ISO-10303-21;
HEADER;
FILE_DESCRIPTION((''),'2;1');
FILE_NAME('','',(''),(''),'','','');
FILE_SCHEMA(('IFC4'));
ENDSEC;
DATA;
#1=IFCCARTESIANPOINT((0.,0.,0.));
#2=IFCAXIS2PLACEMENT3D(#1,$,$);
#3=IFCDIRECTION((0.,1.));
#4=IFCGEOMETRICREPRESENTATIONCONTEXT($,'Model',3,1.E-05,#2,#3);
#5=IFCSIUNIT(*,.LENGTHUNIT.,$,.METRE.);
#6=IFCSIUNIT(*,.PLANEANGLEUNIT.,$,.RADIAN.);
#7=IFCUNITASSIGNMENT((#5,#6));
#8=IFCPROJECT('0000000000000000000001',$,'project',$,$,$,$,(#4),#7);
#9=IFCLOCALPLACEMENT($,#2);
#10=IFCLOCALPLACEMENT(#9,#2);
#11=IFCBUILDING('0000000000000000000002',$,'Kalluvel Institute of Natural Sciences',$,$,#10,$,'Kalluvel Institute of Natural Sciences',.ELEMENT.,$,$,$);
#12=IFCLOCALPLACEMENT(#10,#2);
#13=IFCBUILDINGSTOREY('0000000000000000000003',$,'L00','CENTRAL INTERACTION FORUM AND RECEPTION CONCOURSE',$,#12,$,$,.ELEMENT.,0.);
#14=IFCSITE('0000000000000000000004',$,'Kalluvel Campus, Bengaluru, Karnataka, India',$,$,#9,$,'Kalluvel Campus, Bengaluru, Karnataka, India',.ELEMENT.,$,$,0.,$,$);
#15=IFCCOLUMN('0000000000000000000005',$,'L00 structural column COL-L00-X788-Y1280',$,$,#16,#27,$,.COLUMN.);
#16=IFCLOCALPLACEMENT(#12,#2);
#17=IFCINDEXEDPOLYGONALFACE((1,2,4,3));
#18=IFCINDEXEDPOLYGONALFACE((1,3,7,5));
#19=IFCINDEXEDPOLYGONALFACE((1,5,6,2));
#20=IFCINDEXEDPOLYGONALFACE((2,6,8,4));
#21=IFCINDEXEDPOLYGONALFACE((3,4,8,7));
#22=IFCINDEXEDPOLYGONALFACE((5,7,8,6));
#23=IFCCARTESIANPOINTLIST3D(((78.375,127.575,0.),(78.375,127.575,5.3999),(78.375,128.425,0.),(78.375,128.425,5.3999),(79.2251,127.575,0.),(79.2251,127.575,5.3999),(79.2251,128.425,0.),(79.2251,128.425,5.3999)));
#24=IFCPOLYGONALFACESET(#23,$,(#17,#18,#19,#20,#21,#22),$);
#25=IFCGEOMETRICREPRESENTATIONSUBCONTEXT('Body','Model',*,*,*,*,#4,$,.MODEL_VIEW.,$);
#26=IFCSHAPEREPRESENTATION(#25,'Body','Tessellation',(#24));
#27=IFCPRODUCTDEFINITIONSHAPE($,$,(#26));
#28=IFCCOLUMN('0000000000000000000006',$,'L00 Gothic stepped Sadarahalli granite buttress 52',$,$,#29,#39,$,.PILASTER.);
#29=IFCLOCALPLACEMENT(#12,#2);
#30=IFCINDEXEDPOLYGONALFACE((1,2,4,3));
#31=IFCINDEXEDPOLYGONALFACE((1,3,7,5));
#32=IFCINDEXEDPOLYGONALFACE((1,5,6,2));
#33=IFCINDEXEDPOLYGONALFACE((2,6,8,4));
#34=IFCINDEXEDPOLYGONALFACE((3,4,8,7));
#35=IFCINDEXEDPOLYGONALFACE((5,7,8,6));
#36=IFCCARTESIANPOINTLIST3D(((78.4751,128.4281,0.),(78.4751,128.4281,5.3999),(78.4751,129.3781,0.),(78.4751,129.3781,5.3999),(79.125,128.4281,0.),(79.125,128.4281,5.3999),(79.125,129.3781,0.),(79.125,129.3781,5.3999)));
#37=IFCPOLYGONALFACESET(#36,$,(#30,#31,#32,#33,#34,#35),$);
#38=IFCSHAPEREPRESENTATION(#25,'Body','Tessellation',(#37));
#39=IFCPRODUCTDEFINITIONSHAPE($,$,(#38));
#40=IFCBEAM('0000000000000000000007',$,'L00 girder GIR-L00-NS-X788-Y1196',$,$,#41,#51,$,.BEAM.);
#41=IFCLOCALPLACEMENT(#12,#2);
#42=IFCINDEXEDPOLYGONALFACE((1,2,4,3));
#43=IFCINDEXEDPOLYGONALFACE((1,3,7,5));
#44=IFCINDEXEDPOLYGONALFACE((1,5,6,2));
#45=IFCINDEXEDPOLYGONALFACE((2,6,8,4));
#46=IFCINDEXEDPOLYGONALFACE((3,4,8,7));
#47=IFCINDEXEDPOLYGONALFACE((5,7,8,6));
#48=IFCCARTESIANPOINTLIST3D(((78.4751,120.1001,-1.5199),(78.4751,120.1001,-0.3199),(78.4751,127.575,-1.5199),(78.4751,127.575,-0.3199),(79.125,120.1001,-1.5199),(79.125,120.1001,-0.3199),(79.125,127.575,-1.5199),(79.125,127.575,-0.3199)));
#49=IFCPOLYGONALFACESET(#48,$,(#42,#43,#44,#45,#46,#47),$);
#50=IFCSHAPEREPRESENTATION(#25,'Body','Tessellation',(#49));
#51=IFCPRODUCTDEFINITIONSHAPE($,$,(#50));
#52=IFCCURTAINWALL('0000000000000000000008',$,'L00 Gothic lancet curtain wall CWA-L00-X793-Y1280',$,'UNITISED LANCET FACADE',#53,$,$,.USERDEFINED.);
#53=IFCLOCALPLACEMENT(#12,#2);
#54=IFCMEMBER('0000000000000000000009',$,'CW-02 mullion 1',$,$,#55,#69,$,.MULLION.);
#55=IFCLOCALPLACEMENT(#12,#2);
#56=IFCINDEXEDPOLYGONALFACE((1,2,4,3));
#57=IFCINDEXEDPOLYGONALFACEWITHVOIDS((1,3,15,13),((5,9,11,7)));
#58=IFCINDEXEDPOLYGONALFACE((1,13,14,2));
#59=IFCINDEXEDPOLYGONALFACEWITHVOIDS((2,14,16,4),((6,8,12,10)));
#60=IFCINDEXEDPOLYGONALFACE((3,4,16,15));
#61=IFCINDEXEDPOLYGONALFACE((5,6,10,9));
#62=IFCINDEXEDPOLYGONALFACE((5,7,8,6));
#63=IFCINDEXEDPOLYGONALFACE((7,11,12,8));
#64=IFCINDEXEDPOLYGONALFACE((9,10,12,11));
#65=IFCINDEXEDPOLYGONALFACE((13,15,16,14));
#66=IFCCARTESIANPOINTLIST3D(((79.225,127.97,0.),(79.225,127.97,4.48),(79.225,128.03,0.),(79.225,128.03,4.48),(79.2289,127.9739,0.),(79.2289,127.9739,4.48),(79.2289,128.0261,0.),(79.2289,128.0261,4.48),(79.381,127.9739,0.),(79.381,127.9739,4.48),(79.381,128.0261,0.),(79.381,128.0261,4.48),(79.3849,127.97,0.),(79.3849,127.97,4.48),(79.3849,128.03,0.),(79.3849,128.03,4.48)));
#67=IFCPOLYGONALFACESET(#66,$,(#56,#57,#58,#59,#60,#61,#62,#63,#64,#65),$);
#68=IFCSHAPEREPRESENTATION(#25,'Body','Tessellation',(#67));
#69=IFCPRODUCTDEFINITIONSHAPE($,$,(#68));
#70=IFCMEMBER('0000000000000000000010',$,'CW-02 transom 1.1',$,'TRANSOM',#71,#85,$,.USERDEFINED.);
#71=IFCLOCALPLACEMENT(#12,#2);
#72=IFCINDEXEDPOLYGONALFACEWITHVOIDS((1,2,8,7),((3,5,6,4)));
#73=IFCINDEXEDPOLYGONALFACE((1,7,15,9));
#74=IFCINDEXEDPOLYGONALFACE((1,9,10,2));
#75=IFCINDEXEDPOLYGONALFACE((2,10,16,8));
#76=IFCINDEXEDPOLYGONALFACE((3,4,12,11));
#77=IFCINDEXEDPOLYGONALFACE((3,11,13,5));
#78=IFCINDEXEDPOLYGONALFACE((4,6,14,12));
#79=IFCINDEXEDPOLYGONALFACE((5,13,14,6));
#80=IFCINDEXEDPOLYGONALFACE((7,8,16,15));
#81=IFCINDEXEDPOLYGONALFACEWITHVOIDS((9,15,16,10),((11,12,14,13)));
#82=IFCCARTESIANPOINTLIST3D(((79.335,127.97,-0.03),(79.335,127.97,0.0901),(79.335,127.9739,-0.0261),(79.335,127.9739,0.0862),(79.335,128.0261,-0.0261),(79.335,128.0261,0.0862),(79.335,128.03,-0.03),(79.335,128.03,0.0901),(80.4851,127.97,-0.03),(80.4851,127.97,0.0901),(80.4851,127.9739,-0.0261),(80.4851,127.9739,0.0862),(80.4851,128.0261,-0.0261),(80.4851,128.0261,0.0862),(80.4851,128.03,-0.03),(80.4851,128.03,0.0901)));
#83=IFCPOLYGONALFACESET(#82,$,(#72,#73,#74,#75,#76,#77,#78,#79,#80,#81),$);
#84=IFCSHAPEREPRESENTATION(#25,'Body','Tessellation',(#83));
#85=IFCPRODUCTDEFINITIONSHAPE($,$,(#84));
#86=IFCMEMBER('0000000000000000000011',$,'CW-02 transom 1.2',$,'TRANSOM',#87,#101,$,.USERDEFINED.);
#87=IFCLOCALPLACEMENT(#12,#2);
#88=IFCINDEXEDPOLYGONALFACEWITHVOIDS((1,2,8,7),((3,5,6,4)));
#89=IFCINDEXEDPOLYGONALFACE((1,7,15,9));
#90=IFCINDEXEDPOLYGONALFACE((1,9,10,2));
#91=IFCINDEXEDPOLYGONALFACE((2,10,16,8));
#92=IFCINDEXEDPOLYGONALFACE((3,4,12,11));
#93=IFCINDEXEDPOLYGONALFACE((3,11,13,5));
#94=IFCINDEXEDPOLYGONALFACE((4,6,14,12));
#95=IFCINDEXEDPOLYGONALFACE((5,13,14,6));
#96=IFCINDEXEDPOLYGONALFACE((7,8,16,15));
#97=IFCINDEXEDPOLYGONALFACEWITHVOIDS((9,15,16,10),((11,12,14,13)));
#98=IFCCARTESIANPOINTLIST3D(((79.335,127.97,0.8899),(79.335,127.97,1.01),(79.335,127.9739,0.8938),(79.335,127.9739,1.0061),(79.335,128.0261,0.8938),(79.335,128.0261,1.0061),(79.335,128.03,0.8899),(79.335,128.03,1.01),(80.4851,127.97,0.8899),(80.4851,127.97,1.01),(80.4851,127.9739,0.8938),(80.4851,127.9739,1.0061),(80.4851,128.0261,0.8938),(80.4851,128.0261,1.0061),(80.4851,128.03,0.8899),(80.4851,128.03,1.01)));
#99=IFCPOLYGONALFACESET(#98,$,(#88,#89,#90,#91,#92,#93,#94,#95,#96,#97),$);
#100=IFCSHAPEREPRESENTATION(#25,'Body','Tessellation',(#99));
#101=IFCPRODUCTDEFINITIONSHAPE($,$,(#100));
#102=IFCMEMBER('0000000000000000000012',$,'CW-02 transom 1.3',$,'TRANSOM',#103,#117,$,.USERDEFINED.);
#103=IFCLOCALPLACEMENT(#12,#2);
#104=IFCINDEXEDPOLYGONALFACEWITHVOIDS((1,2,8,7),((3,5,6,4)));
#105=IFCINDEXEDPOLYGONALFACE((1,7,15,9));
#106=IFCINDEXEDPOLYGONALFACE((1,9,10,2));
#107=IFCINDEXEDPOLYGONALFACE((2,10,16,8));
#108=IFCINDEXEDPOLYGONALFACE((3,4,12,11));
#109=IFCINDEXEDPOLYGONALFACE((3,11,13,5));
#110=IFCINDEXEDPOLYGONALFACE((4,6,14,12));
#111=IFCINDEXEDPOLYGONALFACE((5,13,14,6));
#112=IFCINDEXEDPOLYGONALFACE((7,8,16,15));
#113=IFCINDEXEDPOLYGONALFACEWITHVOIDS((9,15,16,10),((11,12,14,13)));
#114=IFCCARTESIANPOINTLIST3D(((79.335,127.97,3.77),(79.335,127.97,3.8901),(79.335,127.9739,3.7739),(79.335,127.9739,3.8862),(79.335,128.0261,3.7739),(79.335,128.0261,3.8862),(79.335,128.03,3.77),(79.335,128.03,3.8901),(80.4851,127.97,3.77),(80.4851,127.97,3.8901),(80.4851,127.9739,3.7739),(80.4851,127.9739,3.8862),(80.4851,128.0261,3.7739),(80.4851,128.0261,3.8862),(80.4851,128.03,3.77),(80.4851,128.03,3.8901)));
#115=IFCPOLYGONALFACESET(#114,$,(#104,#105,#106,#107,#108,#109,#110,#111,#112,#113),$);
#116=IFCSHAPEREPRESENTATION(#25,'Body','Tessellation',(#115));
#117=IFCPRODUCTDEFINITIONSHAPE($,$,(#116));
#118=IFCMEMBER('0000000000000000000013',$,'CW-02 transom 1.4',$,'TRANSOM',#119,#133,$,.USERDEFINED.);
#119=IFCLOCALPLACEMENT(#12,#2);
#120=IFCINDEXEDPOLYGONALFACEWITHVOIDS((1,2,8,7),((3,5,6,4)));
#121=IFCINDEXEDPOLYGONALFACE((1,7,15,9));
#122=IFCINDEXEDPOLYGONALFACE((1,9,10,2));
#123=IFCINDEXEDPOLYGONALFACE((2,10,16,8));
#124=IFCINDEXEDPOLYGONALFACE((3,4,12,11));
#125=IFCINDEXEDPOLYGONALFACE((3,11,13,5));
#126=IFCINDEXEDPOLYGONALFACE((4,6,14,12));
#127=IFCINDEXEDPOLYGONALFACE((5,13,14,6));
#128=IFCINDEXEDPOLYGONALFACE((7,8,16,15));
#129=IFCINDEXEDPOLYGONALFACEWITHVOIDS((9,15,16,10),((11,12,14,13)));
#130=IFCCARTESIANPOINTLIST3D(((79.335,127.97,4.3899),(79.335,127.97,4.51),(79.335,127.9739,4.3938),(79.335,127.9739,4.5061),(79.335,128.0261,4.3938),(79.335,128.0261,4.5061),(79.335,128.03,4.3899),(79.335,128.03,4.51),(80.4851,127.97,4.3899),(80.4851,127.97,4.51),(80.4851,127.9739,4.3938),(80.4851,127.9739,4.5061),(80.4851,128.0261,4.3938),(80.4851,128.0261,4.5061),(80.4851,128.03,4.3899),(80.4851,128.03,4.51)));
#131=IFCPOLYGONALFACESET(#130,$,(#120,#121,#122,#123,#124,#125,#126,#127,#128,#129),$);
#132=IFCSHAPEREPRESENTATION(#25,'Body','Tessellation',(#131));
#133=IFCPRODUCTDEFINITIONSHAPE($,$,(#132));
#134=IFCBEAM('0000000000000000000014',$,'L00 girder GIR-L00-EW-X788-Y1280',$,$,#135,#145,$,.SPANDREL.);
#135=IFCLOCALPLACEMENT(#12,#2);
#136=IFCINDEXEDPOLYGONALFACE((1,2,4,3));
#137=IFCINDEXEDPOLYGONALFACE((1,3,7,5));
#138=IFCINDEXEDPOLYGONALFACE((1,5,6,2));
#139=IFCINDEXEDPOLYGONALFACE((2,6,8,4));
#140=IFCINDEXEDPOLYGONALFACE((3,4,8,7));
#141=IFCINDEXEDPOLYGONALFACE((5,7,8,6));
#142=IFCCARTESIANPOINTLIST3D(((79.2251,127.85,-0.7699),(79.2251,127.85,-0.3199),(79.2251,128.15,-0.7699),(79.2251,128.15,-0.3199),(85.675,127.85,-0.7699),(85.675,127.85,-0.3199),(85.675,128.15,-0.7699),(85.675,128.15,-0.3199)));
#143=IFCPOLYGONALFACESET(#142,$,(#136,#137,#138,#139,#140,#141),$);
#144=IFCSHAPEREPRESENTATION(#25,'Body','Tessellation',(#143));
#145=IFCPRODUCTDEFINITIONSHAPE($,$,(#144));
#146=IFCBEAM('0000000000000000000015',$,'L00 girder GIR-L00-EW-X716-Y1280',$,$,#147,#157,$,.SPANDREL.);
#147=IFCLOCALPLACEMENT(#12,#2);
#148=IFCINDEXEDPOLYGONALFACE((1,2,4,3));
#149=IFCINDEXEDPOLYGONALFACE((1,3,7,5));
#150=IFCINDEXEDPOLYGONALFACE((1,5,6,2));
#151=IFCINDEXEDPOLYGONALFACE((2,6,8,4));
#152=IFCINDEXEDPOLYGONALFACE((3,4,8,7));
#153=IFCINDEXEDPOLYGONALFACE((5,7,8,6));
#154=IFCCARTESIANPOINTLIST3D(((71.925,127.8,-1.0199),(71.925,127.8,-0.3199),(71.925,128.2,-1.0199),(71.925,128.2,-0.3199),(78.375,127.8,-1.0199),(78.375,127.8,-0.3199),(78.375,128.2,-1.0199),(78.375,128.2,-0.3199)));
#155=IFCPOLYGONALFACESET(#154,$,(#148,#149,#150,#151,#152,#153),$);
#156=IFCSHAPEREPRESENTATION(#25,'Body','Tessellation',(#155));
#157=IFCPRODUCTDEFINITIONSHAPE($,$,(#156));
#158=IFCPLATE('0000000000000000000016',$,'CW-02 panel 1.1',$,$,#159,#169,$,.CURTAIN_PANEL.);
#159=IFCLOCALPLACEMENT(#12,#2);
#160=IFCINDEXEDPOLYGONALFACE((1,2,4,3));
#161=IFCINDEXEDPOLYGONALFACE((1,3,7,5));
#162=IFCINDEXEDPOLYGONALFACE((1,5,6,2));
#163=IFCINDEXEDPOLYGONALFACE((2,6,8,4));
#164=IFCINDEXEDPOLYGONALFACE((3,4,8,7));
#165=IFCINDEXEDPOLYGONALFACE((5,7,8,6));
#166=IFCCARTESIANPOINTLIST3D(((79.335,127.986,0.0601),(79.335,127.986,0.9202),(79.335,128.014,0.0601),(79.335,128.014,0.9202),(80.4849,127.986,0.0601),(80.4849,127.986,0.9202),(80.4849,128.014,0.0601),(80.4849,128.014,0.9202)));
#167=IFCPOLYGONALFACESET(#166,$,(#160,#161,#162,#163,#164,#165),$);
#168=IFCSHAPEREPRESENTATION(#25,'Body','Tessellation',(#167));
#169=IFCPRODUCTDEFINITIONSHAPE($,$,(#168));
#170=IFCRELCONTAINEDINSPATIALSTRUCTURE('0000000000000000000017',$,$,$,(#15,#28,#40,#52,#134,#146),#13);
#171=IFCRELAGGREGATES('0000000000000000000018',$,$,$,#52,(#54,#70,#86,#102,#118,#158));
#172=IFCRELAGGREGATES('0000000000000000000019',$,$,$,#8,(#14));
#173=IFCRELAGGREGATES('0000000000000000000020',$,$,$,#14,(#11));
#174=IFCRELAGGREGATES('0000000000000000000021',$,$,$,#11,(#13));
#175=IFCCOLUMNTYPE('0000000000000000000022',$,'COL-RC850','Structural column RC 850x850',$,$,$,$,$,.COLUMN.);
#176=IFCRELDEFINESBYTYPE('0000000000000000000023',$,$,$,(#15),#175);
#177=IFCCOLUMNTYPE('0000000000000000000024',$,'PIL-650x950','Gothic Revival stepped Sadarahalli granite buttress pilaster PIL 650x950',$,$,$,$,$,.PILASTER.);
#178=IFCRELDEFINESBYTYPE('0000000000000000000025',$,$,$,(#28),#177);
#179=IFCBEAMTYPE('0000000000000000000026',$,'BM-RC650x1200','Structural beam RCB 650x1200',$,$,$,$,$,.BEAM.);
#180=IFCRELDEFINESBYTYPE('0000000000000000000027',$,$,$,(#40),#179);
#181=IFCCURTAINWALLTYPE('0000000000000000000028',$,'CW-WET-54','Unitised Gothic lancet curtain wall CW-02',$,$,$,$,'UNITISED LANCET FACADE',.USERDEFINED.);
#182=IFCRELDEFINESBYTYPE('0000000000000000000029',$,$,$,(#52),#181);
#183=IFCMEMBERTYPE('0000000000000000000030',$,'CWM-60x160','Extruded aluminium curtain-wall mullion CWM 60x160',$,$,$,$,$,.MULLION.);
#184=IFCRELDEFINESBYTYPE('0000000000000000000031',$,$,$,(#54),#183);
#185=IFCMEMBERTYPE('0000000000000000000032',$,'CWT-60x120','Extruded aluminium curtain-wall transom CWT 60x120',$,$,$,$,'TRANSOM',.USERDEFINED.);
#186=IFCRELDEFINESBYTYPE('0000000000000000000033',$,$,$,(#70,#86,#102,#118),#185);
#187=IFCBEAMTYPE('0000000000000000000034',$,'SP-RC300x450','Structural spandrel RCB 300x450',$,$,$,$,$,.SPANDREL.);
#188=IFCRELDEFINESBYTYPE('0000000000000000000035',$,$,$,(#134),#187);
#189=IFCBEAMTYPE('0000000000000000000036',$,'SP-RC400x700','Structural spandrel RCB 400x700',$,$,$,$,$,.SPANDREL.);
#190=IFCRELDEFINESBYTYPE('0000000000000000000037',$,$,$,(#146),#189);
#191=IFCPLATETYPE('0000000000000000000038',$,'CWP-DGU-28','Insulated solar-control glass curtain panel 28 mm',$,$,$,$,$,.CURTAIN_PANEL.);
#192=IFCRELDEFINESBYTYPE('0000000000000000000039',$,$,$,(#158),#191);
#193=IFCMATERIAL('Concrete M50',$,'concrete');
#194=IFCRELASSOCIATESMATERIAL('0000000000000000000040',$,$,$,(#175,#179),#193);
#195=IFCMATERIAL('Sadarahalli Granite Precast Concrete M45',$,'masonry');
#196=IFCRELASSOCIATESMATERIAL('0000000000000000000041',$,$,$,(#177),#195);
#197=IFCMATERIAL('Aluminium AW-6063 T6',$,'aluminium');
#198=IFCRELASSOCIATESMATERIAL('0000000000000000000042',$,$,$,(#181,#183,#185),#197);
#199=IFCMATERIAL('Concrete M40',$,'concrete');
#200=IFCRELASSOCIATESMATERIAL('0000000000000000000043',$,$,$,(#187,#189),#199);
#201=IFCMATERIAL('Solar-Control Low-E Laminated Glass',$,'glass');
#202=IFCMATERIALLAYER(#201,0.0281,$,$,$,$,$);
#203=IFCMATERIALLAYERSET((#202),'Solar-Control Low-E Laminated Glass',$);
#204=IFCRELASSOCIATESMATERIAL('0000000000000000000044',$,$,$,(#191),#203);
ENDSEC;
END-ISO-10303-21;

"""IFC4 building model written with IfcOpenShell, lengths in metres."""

from ifc_helpers import new_model, si_unit, direction, frame, origin, origin_2d, place, context, subcontext, project, spatial, rectangle, hollow_rectangle, extrude, material, layer, layer_set, material_profile, profile_set, type_object, element, aggregate, save


model = new_model("IFC4")

# Units and contexts
model_context = context("Model", 3, precision=1e-05, world=origin(), true_north=direction((0.0, 1.0)))
body_context = subcontext(model_context, "Body", "Model", "MODEL_VIEW")
ifc_project = project(units=[si_unit("LENGTHUNIT", "METRE"), si_unit("PLANEANGLEUNIT", "RADIAN")], contexts=[model_context])

# Site, building, storey
site_placement = place(None, origin())
site = spatial("IfcSite", under=ifc_project, at=site_placement, Name="Kalluvel Campus, Bengaluru, Karnataka, India", LongName="Kalluvel Campus, Bengaluru, Karnataka, India", CompositionType="ELEMENT", RefElevation=0.0)
building_placement = place(site_placement, origin())
building = spatial("IfcBuilding", under=site, at=building_placement, Name="Kalluvel Institute of Natural Sciences", LongName="Kalluvel Institute of Natural Sciences", CompositionType="ELEMENT")
storey_placement = place(building_placement, origin())
storey = spatial("IfcBuildingStorey", under=building, at=storey_placement, Name="L00", Description="CENTRAL INTERACTION FORUM AND RECEPTION CONCOURSE", CompositionType="ELEMENT", Elevation=0.0)

# Columns
ifc_material_1 = material(Name="Concrete M50", Category="concrete")
ifc_material_profile_1 = material_profile(ifc_material_1, rectangle(XDim=0.8501, YDim=0.8501, at=origin_2d()), Name="RC 850x850")
ifc_profile_set_1 = profile_set([ifc_material_profile_1], Name="Concrete M50")
column_type_1 = type_object("IfcColumnType", Name="COL-RC850", Description="Structural column RC 850x850", PredefinedType="COLUMN", material=ifc_profile_set_1)
column_1_placement = place(storey_placement, frame((78.8, 128.0, 0.0), z_axis=(0.0, 0.0, 1.0), x_axis=(1.0, 0.0, 0.0)))
element("IfcColumn", 1, at=column_1_placement, inside=storey, type_object=column_type_1, Name="L00 structural column COL-L00-X788-Y1280", PredefinedType="COLUMN", context=body_context, shape_type="SweptSolid", body=[
    extrude(rectangle(XDim=0.8501, YDim=0.8501, at=origin_2d()), origin(), (0.0, 0.0, 1.0), 5.3999),
])
ifc_material_2 = material(Name="Sadarahalli Granite Precast Concrete M45", Category="masonry")
ifc_material_profile_2 = material_profile(ifc_material_2, rectangle(XDim=0.6499, YDim=0.95, at=origin_2d()), Name="PIL 650x950")
ifc_profile_set_2 = profile_set([ifc_material_profile_2], Name="Sadarahalli Granite Precast Concrete M45")
column_type_2 = type_object("IfcColumnType", Name="PIL-650x950", Description="Gothic Revival stepped Sadarahalli granite buttress pilaster PIL 650x950", PredefinedType="PILASTER", material=ifc_profile_set_2)
column_2_placement = place(storey_placement, frame((78.8, 128.9031, 0.0), z_axis=(0.0, 0.0, 1.0), x_axis=(1.0, 0.0, 0.0)))
element("IfcColumn", 2, at=column_2_placement, inside=storey, type_object=column_type_2, Name="L00 Gothic stepped Sadarahalli granite buttress 52", PredefinedType="PILASTER", context=body_context, shape_type="SweptSolid", body=[
    extrude(rectangle(XDim=0.6499, YDim=0.95, at=origin_2d()), origin(), (0.0, 0.0, 1.0), 5.3999),
])

# Beam
ifc_material_profile_3 = material_profile(ifc_material_1, rectangle(XDim=0.6499, YDim=1.2, at=origin_2d()), Name="RCB 650x1200")
ifc_profile_set_3 = profile_set([ifc_material_profile_3], Name="Concrete M50")
beam_type_1 = type_object("IfcBeamType", Name="BM-RC650x1200", Description="Structural beam RCB 650x1200", PredefinedType="BEAM", material=ifc_profile_set_3)
beam_1_placement = place(storey_placement, frame((78.8, 120.1001, -0.9199), z_axis=(0.0, 1.0, 0.0), x_axis=(-1.0, 0.0, 0.0)))
element("IfcBeam", 3, at=beam_1_placement, inside=storey, type_object=beam_type_1, Name="L00 girder GIR-L00-NS-X788-Y1196", PredefinedType="BEAM", context=body_context, shape_type="SweptSolid", body=[
    extrude(rectangle(XDim=0.6499, YDim=1.2, at=origin_2d()), origin(), (0.0, 0.0, 1.0), 7.4749),
])

# Curtain wall, members
ifc_material_3 = material(Name="Aluminium AW-6063 T6", Category="aluminium")
curtain_wall_type = type_object("IfcCurtainWallType", Name="CW-WET-54", Description="Unitised Gothic lancet curtain wall CW-02", ElementType="UNITISED LANCET FACADE", PredefinedType="USERDEFINED", material=ifc_material_3)
curtain_wall_placement = place(storey_placement, origin())
curtain_wall = element("IfcCurtainWall", 4, at=curtain_wall_placement, inside=storey, type_object=curtain_wall_type, Name="L00 Gothic lancet curtain wall CWA-L00-X793-Y1280", ObjectType="UNITISED LANCET FACADE", PredefinedType="USERDEFINED")
ifc_material_profile_4 = material_profile(ifc_material_3, hollow_rectangle(XDim=0.0601, YDim=0.1599, WallThickness=0.0039, at=origin_2d()), Name="CWM 60x160")
ifc_profile_set_4 = profile_set([ifc_material_profile_4], Name="Aluminium AW-6063 T6")
member_type_1 = type_object("IfcMemberType", Name="CWM-60x160", Description="Extruded aluminium curtain-wall mullion CWM 60x160", PredefinedType="MULLION", material=ifc_profile_set_4)
member_1_placement = place(storey_placement, frame((79.3049, 128.0, 0.0), z_axis=(0.0, 0.0, 1.0), x_axis=(0.0, 1.0, 0.0)))
member_1 = element("IfcMember", 5, at=member_1_placement, type_object=member_type_1, Name="CW-02 mullion 1", PredefinedType="MULLION", context=body_context, shape_type="SweptSolid", body=[
    extrude(hollow_rectangle(XDim=0.0601, YDim=0.1599, WallThickness=0.0039, at=origin_2d()), origin(), (0.0, 0.0, 1.0), 4.48),
])
ifc_material_profile_5 = material_profile(ifc_material_3, hollow_rectangle(XDim=0.0601, YDim=0.1201, WallThickness=0.0039, at=origin_2d()), Name="CWT 60x120")
ifc_profile_set_5 = profile_set([ifc_material_profile_5], Name="Aluminium AW-6063 T6")
member_type_2 = type_object("IfcMemberType", Name="CWT-60x120", Description="Extruded aluminium curtain-wall transom CWT 60x120", ElementType="TRANSOM", PredefinedType="USERDEFINED", material=ifc_profile_set_5)
member_2_placement = place(storey_placement, frame((79.335, 128.0, 0.03), z_axis=(1.0, 0.0, 0.0), x_axis=(0.0, 1.0, 0.0)))
member_2 = element("IfcMember", 6, at=member_2_placement, type_object=member_type_2, Name="CW-02 transom 1.1", ObjectType="TRANSOM", PredefinedType="USERDEFINED", context=body_context, shape_type="SweptSolid", body=[
    extrude(hollow_rectangle(XDim=0.0601, YDim=0.1201, WallThickness=0.0039, at=origin_2d()), origin(), (0.0, 0.0, 1.0), 1.1501),
])
member_3_placement = place(storey_placement, frame((79.335, 128.0, 0.95), z_axis=(1.0, 0.0, 0.0), x_axis=(0.0, 1.0, 0.0)))
member_3 = element("IfcMember", 7, at=member_3_placement, type_object=member_type_2, Name="CW-02 transom 1.2", ObjectType="TRANSOM", PredefinedType="USERDEFINED", context=body_context, shape_type="SweptSolid", body=[
    extrude(hollow_rectangle(XDim=0.0601, YDim=0.1201, WallThickness=0.0039, at=origin_2d()), origin(), (0.0, 0.0, 1.0), 1.1501),
])
member_4_placement = place(storey_placement, frame((79.335, 128.0, 3.8301), z_axis=(1.0, 0.0, 0.0), x_axis=(0.0, 1.0, 0.0)))
member_4 = element("IfcMember", 8, at=member_4_placement, type_object=member_type_2, Name="CW-02 transom 1.3", ObjectType="TRANSOM", PredefinedType="USERDEFINED", context=body_context, shape_type="SweptSolid", body=[
    extrude(hollow_rectangle(XDim=0.0601, YDim=0.1201, WallThickness=0.0039, at=origin_2d()), origin(), (0.0, 0.0, 1.0), 1.1501),
])
member_5_placement = place(storey_placement, frame((79.335, 128.0, 4.45), z_axis=(1.0, 0.0, 0.0), x_axis=(0.0, 1.0, 0.0)))
member_5 = element("IfcMember", 9, at=member_5_placement, type_object=member_type_2, Name="CW-02 transom 1.4", ObjectType="TRANSOM", PredefinedType="USERDEFINED", context=body_context, shape_type="SweptSolid", body=[
    extrude(hollow_rectangle(XDim=0.0601, YDim=0.1201, WallThickness=0.0039, at=origin_2d()), origin(), (0.0, 0.0, 1.0), 1.1501),
])

# Beams
ifc_material_4 = material(Name="Concrete M40", Category="concrete")
ifc_material_profile_6 = material_profile(ifc_material_4, rectangle(XDim=0.3, YDim=0.45, at=origin_2d()), Name="RCB 300x450")
ifc_profile_set_6 = profile_set([ifc_material_profile_6], Name="Concrete M40")
beam_type_2 = type_object("IfcBeamType", Name="SP-RC300x450", Description="Structural spandrel RCB 300x450", PredefinedType="SPANDREL", material=ifc_profile_set_6)
beam_2_placement = place(storey_placement, frame((79.2251, 128.0, -0.5449), z_axis=(1.0, 0.0, 0.0), x_axis=(0.0, 1.0, 0.0)))
element("IfcBeam", 10, at=beam_2_placement, inside=storey, type_object=beam_type_2, Name="L00 girder GIR-L00-EW-X788-Y1280", PredefinedType="SPANDREL", context=body_context, shape_type="SweptSolid", body=[
    extrude(rectangle(XDim=0.3, YDim=0.45, at=origin_2d()), origin(), (0.0, 0.0, 1.0), 6.45),
])
ifc_material_profile_7 = material_profile(ifc_material_4, rectangle(XDim=0.3999, YDim=0.7, at=origin_2d()), Name="RCB 400x700")
ifc_profile_set_7 = profile_set([ifc_material_profile_7], Name="Concrete M40")
beam_type_3 = type_object("IfcBeamType", Name="SP-RC400x700", Description="Structural spandrel RCB 400x700", PredefinedType="SPANDREL", material=ifc_profile_set_7)
beam_3_placement = place(storey_placement, frame((71.925, 128.0, -0.6699), z_axis=(1.0, 0.0, 0.0), x_axis=(0.0, 1.0, 0.0)))
element("IfcBeam", 11, at=beam_3_placement, inside=storey, type_object=beam_type_3, Name="L00 girder GIR-L00-EW-X716-Y1280", PredefinedType="SPANDREL", context=body_context, shape_type="SweptSolid", body=[
    extrude(rectangle(XDim=0.3999, YDim=0.7, at=origin_2d()), origin(), (0.0, 0.0, 1.0), 6.45),
])

# Plate
ifc_material_5 = material(Name="Solar-Control Low-E Laminated Glass", Category="glass")
ifc_layer_1 = layer(ifc_material_5, 0.0281)
ifc_layer_set_1 = layer_set([ifc_layer_1], Name="Solar-Control Low-E Laminated Glass")
plate_type = type_object("IfcPlateType", Name="CWP-DGU-28", Description="Insulated solar-control glass curtain panel 28 mm", PredefinedType="CURTAIN_PANEL", material=ifc_layer_set_1)
plate_1_placement = place(storey_placement, frame((79.9099, 128.0, 0.0601), z_axis=(0.0, 0.0, 1.0), x_axis=(1.0, 0.0, 0.0)))
plate_1 = element("IfcPlate", 12, at=plate_1_placement, type_object=plate_type, Name="CW-02 panel 1.1", PredefinedType="CURTAIN_PANEL", context=body_context, shape_type="SweptSolid", body=[
    extrude(rectangle(XDim=1.1499, YDim=0.0281, at=origin_2d()), origin(), (0.0, 0.0, 1.0), 0.8601),
])
aggregate(curtain_wall, [member_1, member_2, member_3, member_4, member_5, plate_1])

save(model, "model.ifc")
